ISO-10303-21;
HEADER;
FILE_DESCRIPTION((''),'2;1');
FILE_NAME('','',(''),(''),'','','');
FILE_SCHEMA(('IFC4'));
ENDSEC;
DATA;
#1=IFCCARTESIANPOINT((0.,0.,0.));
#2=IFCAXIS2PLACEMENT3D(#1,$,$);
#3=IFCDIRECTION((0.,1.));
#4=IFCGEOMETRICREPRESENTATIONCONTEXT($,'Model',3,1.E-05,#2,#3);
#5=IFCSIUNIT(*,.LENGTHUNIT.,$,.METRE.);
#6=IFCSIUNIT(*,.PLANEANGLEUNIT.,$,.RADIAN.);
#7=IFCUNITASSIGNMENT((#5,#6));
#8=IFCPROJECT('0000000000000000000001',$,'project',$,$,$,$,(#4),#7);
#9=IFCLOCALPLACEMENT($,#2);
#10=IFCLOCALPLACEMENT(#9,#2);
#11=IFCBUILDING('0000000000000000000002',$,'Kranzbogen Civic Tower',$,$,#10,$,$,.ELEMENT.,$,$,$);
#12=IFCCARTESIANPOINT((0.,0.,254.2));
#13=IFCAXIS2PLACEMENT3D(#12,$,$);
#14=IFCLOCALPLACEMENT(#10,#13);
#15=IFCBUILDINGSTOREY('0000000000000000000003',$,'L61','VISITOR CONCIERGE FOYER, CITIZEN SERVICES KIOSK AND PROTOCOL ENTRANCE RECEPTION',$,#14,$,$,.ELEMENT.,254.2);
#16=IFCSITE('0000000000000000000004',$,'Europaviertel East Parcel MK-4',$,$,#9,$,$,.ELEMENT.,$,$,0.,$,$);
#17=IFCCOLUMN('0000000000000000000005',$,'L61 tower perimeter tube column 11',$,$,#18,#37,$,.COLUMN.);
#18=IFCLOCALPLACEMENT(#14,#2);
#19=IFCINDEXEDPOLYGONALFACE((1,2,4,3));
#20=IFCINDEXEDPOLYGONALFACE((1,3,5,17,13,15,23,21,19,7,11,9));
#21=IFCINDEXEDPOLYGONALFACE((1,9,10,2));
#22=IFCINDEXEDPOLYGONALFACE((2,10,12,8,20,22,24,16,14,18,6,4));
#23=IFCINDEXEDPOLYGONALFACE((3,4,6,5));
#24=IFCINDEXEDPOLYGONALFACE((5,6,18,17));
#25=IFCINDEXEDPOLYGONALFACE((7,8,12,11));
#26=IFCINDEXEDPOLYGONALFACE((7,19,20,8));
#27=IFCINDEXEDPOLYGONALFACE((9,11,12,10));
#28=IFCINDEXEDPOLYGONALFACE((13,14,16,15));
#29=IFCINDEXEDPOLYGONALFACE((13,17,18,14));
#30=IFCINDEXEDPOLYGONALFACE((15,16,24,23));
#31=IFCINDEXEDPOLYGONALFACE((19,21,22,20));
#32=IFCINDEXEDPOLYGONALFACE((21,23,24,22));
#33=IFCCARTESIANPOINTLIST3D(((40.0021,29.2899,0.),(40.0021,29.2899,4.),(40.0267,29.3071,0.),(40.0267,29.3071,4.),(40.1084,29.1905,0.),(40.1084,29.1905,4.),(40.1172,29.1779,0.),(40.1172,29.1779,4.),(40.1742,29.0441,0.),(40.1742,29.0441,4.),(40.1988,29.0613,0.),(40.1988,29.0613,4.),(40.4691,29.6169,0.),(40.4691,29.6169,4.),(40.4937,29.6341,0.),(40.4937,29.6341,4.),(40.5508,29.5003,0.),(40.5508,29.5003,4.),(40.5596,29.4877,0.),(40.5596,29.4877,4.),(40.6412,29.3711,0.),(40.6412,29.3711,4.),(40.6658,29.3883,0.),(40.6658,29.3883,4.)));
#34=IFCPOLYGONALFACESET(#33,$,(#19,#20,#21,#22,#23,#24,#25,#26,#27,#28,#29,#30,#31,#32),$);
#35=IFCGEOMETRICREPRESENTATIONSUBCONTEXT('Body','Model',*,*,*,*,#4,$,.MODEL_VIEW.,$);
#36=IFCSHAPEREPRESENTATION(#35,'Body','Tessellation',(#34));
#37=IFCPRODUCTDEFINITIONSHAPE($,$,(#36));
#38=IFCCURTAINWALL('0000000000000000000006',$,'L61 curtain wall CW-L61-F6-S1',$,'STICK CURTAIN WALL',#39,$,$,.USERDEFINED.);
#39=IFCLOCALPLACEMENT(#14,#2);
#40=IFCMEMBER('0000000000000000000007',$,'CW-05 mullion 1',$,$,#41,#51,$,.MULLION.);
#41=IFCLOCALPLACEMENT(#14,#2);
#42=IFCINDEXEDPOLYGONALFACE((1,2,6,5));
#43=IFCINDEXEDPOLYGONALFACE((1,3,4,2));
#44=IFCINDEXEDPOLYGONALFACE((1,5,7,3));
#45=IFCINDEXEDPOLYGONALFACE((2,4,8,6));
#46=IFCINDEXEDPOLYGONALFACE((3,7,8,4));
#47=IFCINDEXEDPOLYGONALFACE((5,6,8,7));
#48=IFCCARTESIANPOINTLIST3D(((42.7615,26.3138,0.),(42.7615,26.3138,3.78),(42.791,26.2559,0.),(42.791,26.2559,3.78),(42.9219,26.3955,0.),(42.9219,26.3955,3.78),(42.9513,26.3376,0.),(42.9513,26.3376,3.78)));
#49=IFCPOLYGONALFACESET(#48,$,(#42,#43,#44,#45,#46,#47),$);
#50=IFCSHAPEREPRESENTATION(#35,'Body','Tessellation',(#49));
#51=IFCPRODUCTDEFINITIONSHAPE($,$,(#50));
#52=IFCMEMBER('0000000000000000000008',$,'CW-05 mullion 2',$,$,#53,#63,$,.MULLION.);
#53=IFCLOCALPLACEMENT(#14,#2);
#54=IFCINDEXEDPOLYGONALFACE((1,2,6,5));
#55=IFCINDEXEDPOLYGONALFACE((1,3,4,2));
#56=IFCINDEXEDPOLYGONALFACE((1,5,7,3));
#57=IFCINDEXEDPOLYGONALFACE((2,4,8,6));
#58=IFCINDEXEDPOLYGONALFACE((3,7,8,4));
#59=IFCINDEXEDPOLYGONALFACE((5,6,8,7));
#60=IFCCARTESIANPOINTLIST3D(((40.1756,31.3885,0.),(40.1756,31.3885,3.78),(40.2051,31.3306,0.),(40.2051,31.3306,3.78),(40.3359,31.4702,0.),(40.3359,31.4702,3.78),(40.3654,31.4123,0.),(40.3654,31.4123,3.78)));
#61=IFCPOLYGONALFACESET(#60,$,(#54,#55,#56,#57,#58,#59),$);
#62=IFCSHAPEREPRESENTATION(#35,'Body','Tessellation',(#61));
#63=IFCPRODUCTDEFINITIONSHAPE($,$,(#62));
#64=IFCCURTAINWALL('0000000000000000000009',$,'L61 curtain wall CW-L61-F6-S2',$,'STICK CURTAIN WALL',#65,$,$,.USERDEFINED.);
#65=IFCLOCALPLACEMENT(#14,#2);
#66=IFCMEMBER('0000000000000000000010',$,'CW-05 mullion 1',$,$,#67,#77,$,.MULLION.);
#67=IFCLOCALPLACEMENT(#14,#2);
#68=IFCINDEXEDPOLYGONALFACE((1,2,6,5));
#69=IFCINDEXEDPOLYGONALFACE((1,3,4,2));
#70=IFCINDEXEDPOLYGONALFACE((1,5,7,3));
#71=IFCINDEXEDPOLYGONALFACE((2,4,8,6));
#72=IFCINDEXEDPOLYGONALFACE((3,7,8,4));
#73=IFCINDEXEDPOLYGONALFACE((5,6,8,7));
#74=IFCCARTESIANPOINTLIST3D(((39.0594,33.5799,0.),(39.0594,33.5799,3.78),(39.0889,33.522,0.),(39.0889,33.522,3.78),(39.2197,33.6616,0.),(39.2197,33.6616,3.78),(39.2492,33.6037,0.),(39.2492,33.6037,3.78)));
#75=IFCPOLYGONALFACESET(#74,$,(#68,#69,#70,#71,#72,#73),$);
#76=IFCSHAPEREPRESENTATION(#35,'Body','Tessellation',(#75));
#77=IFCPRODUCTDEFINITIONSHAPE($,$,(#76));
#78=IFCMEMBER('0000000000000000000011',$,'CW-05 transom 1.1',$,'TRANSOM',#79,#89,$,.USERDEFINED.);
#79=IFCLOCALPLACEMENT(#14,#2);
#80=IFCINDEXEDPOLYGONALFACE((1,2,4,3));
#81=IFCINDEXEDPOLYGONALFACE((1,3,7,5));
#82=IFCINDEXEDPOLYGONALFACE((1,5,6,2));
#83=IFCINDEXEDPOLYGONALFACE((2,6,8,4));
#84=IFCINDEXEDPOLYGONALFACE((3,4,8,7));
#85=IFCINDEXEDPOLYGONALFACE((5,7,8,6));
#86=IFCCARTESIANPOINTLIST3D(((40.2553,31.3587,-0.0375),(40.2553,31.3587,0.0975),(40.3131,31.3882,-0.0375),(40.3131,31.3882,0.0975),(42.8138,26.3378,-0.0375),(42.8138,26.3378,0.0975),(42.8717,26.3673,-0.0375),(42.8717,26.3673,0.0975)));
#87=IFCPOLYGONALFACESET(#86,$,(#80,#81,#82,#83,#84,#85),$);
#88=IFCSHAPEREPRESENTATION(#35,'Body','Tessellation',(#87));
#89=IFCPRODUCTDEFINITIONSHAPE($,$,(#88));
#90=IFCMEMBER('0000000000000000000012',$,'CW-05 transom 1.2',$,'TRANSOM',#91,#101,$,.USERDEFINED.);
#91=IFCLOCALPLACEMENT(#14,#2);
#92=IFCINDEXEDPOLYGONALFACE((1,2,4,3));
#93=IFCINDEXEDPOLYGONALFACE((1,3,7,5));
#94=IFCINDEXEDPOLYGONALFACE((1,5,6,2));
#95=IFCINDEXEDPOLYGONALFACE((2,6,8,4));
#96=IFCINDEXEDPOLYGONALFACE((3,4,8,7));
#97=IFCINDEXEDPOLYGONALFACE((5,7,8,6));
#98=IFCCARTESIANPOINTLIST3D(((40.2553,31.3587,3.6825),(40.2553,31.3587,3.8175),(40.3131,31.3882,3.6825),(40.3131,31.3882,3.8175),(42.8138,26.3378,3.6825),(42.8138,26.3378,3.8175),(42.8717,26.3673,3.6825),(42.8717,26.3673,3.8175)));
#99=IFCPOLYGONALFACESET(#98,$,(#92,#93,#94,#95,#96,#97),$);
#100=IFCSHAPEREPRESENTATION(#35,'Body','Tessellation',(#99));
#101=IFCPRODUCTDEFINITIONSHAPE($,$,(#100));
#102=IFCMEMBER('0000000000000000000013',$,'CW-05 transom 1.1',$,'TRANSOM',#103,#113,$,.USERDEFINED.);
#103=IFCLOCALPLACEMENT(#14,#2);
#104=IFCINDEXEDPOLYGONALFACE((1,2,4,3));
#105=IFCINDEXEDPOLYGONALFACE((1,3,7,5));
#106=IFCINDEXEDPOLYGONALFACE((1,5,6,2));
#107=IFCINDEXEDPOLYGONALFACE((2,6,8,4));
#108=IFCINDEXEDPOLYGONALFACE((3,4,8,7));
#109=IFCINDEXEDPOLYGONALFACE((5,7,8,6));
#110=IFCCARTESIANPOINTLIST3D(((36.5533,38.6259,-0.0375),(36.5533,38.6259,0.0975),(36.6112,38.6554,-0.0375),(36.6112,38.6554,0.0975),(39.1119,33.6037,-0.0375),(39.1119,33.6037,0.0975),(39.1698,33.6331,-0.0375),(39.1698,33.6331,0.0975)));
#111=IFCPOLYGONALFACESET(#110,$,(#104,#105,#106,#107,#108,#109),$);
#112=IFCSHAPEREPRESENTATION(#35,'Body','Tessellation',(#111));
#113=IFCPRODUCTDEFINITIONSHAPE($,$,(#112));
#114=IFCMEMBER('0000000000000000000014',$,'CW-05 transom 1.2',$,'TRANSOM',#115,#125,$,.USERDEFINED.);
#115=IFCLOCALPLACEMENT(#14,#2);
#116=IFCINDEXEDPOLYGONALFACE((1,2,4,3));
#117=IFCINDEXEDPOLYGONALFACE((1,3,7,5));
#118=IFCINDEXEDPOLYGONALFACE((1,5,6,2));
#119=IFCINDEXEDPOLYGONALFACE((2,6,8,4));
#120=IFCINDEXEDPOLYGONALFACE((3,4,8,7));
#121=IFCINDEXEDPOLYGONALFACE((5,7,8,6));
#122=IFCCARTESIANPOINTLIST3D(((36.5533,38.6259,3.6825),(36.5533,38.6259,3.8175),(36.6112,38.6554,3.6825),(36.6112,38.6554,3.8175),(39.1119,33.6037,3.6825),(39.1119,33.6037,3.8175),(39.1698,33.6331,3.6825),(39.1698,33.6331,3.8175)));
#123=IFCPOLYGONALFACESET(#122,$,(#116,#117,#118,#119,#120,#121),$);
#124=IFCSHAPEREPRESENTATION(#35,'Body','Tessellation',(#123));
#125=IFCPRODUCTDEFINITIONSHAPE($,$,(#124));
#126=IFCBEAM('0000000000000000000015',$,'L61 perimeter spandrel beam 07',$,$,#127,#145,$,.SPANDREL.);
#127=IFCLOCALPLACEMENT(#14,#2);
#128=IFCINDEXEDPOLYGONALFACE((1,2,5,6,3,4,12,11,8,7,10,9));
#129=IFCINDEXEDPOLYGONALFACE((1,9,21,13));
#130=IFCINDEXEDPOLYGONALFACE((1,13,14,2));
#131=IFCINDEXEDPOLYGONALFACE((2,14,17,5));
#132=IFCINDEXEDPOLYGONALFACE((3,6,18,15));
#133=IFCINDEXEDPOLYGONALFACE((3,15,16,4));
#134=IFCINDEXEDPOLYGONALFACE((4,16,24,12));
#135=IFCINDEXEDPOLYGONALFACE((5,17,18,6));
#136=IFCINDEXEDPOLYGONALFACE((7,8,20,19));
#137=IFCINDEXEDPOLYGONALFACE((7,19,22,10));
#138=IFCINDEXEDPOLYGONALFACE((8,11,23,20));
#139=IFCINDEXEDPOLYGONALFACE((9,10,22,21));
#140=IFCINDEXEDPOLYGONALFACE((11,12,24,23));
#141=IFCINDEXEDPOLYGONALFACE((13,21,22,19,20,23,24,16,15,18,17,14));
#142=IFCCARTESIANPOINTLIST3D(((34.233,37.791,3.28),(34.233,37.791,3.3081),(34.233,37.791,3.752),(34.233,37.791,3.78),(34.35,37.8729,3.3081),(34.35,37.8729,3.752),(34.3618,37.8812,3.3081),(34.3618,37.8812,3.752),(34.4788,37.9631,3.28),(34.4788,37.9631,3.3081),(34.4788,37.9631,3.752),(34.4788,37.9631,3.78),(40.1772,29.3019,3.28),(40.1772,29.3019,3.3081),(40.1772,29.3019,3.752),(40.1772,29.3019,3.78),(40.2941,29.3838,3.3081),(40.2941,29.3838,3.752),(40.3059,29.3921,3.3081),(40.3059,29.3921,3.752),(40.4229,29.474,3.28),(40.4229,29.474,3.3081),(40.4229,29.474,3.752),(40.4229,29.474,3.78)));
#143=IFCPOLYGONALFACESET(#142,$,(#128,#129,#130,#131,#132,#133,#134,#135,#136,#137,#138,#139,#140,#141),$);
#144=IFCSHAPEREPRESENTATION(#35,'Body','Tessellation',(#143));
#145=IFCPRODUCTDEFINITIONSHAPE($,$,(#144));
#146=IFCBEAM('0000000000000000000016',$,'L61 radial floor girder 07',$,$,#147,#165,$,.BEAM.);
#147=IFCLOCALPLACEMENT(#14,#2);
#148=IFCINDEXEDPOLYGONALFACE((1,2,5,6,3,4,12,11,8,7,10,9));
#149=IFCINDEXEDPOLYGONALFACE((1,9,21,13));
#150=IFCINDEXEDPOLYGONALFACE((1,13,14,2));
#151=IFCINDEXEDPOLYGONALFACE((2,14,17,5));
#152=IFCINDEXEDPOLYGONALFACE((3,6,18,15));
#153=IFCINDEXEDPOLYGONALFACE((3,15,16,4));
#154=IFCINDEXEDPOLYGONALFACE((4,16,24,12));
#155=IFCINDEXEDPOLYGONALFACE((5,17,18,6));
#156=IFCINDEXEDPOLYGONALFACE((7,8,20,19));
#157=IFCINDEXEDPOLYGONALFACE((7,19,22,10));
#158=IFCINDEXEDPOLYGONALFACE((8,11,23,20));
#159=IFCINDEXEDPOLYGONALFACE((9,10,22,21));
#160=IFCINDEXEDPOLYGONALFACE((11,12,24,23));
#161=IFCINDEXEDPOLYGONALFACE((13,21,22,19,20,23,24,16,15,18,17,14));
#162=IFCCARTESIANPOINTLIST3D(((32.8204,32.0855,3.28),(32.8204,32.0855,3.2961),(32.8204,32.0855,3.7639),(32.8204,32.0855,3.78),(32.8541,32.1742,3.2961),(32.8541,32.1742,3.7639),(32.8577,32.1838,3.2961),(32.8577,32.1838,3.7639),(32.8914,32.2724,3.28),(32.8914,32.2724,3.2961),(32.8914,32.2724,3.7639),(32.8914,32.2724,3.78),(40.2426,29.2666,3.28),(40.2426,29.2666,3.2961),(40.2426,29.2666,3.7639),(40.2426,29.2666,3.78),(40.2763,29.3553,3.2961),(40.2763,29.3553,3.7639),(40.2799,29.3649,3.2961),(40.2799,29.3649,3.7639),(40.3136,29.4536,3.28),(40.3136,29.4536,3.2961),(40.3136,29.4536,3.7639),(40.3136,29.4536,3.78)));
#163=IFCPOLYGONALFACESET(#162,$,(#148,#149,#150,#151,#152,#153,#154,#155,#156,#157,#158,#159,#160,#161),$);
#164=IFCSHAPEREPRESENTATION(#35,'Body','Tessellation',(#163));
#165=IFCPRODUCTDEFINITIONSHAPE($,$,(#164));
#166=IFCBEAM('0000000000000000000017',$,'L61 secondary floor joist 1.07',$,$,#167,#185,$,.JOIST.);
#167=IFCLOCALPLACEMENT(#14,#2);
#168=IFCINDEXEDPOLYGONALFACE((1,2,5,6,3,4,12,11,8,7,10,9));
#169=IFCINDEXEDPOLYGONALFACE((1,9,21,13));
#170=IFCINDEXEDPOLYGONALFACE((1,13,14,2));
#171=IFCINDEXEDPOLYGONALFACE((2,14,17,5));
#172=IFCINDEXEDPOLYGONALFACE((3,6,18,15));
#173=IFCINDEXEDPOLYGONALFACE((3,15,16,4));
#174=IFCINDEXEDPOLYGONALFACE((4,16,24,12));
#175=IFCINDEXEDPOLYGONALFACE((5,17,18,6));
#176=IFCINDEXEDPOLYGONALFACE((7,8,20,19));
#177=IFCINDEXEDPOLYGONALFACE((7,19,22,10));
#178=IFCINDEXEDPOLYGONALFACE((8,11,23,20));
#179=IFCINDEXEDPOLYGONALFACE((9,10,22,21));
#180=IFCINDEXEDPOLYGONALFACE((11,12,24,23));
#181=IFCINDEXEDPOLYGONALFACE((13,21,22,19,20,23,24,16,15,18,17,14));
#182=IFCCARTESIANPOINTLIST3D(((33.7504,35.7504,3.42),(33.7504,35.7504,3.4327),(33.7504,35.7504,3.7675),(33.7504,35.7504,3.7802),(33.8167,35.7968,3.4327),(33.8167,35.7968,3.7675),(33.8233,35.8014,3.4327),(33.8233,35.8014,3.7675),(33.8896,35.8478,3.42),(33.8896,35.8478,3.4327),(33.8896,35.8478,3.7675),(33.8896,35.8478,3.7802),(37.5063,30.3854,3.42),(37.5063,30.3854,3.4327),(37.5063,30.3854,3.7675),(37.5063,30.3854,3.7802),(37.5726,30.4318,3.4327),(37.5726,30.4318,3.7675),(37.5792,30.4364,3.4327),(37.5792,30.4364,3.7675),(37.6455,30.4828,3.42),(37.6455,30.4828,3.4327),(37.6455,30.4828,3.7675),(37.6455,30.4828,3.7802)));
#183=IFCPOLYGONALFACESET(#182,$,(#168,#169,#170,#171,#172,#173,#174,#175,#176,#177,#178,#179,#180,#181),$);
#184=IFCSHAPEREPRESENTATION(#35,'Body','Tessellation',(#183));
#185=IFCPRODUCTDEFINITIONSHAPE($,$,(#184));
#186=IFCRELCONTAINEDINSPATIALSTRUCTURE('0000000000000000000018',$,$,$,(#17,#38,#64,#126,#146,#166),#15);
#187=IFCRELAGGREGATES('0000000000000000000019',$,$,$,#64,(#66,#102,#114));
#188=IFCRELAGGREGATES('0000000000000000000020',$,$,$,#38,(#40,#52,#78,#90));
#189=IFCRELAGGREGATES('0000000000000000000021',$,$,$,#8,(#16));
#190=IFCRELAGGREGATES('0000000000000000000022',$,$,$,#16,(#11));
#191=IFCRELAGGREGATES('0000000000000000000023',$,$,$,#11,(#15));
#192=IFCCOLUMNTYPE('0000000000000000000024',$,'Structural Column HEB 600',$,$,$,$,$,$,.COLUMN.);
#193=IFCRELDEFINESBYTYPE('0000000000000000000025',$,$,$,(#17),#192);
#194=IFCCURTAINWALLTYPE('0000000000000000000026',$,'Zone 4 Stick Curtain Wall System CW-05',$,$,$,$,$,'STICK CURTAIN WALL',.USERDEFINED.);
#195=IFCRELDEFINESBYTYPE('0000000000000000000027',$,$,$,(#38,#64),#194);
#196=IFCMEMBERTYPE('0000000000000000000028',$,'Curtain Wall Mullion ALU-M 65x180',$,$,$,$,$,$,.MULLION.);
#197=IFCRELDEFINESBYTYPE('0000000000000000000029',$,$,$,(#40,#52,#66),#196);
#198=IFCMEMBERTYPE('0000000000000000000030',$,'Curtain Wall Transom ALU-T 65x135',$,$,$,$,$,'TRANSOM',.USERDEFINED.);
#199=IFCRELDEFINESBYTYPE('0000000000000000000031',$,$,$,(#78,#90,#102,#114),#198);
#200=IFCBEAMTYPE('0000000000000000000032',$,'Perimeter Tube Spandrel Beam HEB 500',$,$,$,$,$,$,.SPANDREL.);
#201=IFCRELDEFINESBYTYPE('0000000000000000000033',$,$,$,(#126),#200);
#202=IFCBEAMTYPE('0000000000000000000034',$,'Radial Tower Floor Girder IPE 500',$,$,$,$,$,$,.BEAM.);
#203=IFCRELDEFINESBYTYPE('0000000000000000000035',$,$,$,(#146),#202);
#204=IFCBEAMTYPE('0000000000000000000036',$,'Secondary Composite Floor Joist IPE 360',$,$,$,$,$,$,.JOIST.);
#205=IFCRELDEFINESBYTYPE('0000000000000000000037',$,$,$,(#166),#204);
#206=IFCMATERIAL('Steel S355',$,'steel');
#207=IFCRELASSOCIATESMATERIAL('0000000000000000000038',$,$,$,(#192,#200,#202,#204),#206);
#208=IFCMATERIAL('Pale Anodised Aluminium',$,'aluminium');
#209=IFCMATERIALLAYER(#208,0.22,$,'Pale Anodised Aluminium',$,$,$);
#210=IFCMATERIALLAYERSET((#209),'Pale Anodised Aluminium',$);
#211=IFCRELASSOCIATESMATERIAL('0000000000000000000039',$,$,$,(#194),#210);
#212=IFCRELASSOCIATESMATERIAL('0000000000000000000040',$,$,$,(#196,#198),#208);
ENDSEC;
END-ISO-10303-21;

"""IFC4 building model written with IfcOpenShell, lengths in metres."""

from ifc_helpers import new_model, si_unit, direction, frame, origin, origin_2d, place, context, subcontext, project, spatial, rectangle, i_section, extrude, material, layer, layer_set, material_profile, profile_set, type_object, element, aggregate, save


model = new_model("IFC4")

# Units and contexts
model_context = context("Model", 3, precision=1e-05, world=origin(), true_north=direction((0.0, 1.0)))
body_context = subcontext(model_context, "Body", "Model", "MODEL_VIEW")
ifc_project = project(units=[si_unit("LENGTHUNIT", "METRE"), si_unit("PLANEANGLEUNIT", "RADIAN")], contexts=[model_context])

# Site, building, storey
site_placement = place(None, origin())
site = spatial("IfcSite", under=ifc_project, at=site_placement, Name="Europaviertel East Parcel MK-4", CompositionType="ELEMENT", RefElevation=0.0)
building_placement = place(site_placement, origin())
building = spatial("IfcBuilding", under=site, at=building_placement, Name="Kranzbogen Civic Tower", CompositionType="ELEMENT")
storey_placement = place(building_placement, frame((0.0, 0.0, 254.2)))
storey = spatial("IfcBuildingStorey", under=building, at=storey_placement, Name="L61", Description="VISITOR CONCIERGE FOYER, CITIZEN SERVICES KIOSK AND PROTOCOL ENTRANCE RECEPTION", CompositionType="ELEMENT", Elevation=254.2)

# Column
ifc_material_1 = material(Name="Steel S355", Category="steel")
ifc_material_profile_1 = material_profile(ifc_material_1, i_section(OverallWidth=0.3, OverallDepth=0.6001, WebThickness=0.0154, FlangeThickness=0.03, at=origin_2d()), Name="HEB 600")
ifc_profile_set_1 = profile_set([ifc_material_profile_1], Name="Steel S355")
column_type = type_object("IfcColumnType", Name="Structural Column HEB 600", PredefinedType="COLUMN", material=ifc_profile_set_1)
column_placement = place(storey_placement, frame((40.334, 29.3391, 0.0), z_axis=(0.0, 0.0, 1.0), x_axis=(-0.573576, 0.819152, 0.0)))
element("IfcColumn", 1, at=column_placement, inside=storey, type_object=column_type, Name="L61 tower perimeter tube column 11", PredefinedType="COLUMN", context=body_context, shape_type="SweptSolid", body=[
    extrude(i_section(OverallWidth=0.3, OverallDepth=0.6001, WebThickness=0.0154, FlangeThickness=0.03, at=origin_2d()), origin(), (0.0, 0.0, 1.0), 4.0),
])

# Curtain wall, members
ifc_material_2 = material(Name="Pale Anodised Aluminium", Category="aluminium")
ifc_layer_1 = layer(ifc_material_2, 0.22, Name="Pale Anodised Aluminium")
ifc_layer_set_1 = layer_set([ifc_layer_1], Name="Pale Anodised Aluminium")
curtain_wall_type = type_object("IfcCurtainWallType", Name="Zone 4 Stick Curtain Wall System CW-05", ElementType="STICK CURTAIN WALL", PredefinedType="USERDEFINED", material=ifc_layer_set_1)
curtain_wall_1_placement = place(storey_placement, origin())
curtain_wall_1 = element("IfcCurtainWall", 2, at=curtain_wall_1_placement, inside=storey, type_object=curtain_wall_type, Name="L61 curtain wall CW-L61-F6-S1", ObjectType="STICK CURTAIN WALL", PredefinedType="USERDEFINED")
ifc_material_profile_2 = material_profile(ifc_material_2, rectangle(XDim=0.0649, YDim=0.1799, at=origin_2d()), Name="ALU-M 65x180")
ifc_profile_set_2 = profile_set([ifc_material_profile_2], Name="Pale Anodised Aluminium")
member_type_1 = type_object("IfcMemberType", Name="Curtain Wall Mullion ALU-M 65x180", PredefinedType="MULLION", material=ifc_profile_set_2)
member_1_placement = place(storey_placement, frame((42.8564, 26.3257, 0.0), z_axis=(0.0, 0.0, 1.0), x_axis=(-0.454012, 0.890996, 0.0)))
member_1 = element("IfcMember", 3, at=member_1_placement, type_object=member_type_1, Name="CW-05 mullion 1", PredefinedType="MULLION", context=body_context, shape_type="SweptSolid", body=[
    extrude(rectangle(XDim=0.0649, YDim=0.1799, at=origin_2d()), origin(), (0.0, 0.0, 1.0), 3.78),
])
member_2_placement = place(storey_placement, frame((40.2705, 31.4004, 0.0), z_axis=(0.0, 0.0, 1.0), x_axis=(-0.454012, 0.890996, 0.0)))
member_2 = element("IfcMember", 4, at=member_2_placement, type_object=member_type_1, Name="CW-05 mullion 2", PredefinedType="MULLION", context=body_context, shape_type="SweptSolid", body=[
    extrude(rectangle(XDim=0.0649, YDim=0.1799, at=origin_2d()), origin(), (0.0, 0.0, 1.0), 3.78),
])

# Curtain wall, member
curtain_wall_2_placement = place(storey_placement, origin())
curtain_wall_2 = element("IfcCurtainWall", 5, at=curtain_wall_2_placement, inside=storey, type_object=curtain_wall_type, Name="L61 curtain wall CW-L61-F6-S2", ObjectType="STICK CURTAIN WALL", PredefinedType="USERDEFINED")
member_3_placement = place(storey_placement, frame((39.1543, 33.5918, 0.0), z_axis=(0.0, 0.0, 1.0), x_axis=(-0.453941, 0.891032, 0.0)))
member_3 = element("IfcMember", 6, at=member_3_placement, type_object=member_type_1, Name="CW-05 mullion 1", PredefinedType="MULLION", context=body_context, shape_type="SweptSolid", body=[
    extrude(rectangle(XDim=0.0649, YDim=0.1799, at=origin_2d()), origin(), (0.0, 0.0, 1.0), 3.78),
])

# Members
ifc_material_profile_3 = material_profile(ifc_material_2, rectangle(XDim=0.0649, YDim=0.135, at=origin_2d()), Name="ALU-T 65x135")
ifc_profile_set_3 = profile_set([ifc_material_profile_3], Name="Pale Anodised Aluminium")
member_type_2 = type_object("IfcMemberType", Name="Curtain Wall Transom ALU-T 65x135", ElementType="TRANSOM", PredefinedType="USERDEFINED", material=ifc_profile_set_3)
member_4_placement = place(storey_placement, frame((42.8428, 26.3525, 0.03), z_axis=(-0.454028, 0.890987, 0.0), x_axis=(-0.890987, -0.454028, 0.0)))
member_4 = element("IfcMember", 7, at=member_4_placement, type_object=member_type_2, Name="CW-05 transom 1.1", ObjectType="TRANSOM", PredefinedType="USERDEFINED", context=body_context, shape_type="SweptSolid", body=[
    extrude(rectangle(XDim=0.0649, YDim=0.135, at=origin_2d()), origin(), (0.0, 0.0, 1.0), 5.6353),
])
member_5_placement = place(storey_placement, frame((42.8428, 26.3525, 3.75), z_axis=(-0.454028, 0.890987, 0.0), x_axis=(-0.890987, -0.454028, 0.0)))
member_5 = element("IfcMember", 8, at=member_5_placement, type_object=member_type_2, Name="CW-05 transom 1.2", ObjectType="TRANSOM", PredefinedType="USERDEFINED", context=body_context, shape_type="SweptSolid", body=[
    extrude(rectangle(XDim=0.0649, YDim=0.135, at=origin_2d()), origin(), (0.0, 0.0, 1.0), 5.6353),
])
member_6_placement = place(storey_placement, frame((39.1409, 33.6184, 0.03), z_axis=(-0.453941, 0.891032, 0.0), x_axis=(-0.891032, -0.453941, 0.0)))
member_6 = element("IfcMember", 9, at=member_6_placement, type_object=member_type_2, Name="CW-05 transom 1.1", ObjectType="TRANSOM", PredefinedType="USERDEFINED", context=body_context, shape_type="SweptSolid", body=[
    extrude(rectangle(XDim=0.0649, YDim=0.135, at=origin_2d()), origin(), (0.0, 0.0, 1.0), 5.6365),
])
member_7_placement = place(storey_placement, frame((39.1409, 33.6184, 3.75), z_axis=(-0.453941, 0.891032, 0.0), x_axis=(-0.891032, -0.453941, 0.0)))
member_7 = element("IfcMember", 10, at=member_7_placement, type_object=member_type_2, Name="CW-05 transom 1.2", ObjectType="TRANSOM", PredefinedType="USERDEFINED", context=body_context, shape_type="SweptSolid", body=[
    extrude(rectangle(XDim=0.0649, YDim=0.135, at=origin_2d()), origin(), (0.0, 0.0, 1.0), 5.6365),
])
aggregate(curtain_wall_2, [member_3, member_6, member_7])

# Beams
ifc_material_profile_4 = material_profile(ifc_material_1, i_section(OverallWidth=0.3, OverallDepth=0.5, WebThickness=0.0144, FlangeThickness=0.0281, at=origin_2d()), Name="HEB 500")
ifc_profile_set_4 = profile_set([ifc_material_profile_4], Name="Steel S355")
beam_type_1 = type_object("IfcBeamType", Name="Perimeter Tube Spandrel Beam HEB 500", PredefinedType="SPANDREL", material=ifc_profile_set_4)
beam_1_placement = place(storey_placement, frame((40.3, 29.3879, 3.53), z_axis=(-0.573578, 0.819151, 0.0), x_axis=(-0.819151, -0.573578, 0.0)))
element("IfcBeam", 11, at=beam_1_placement, inside=storey, type_object=beam_type_1, Name="L61 perimeter spandrel beam 07", PredefinedType="SPANDREL", context=body_context, shape_type="SweptSolid", body=[
    extrude(i_section(OverallWidth=0.3, OverallDepth=0.5, WebThickness=0.0144, FlangeThickness=0.0281, at=origin_2d()), origin(), (0.0, 0.0, 1.0), 10.3633),
])
ifc_material_profile_5 = material_profile(ifc_material_1, i_section(OverallWidth=0.2, OverallDepth=0.5, WebThickness=0.0103, FlangeThickness=0.0161, at=origin_2d()), Name="IPE 500")
ifc_profile_set_5 = profile_set([ifc_material_profile_5], Name="Steel S355")
beam_type_2 = type_object("IfcBeamType", Name="Radial Tower Floor Girder IPE 500", PredefinedType="BEAM", material=ifc_profile_set_5)
beam_2_placement = place(storey_placement, frame((40.2781, 29.3601, 3.53), z_axis=(-0.934849, 0.355046, 0.0), x_axis=(-0.355046, -0.934849, 0.0)))
element("IfcBeam", 12, at=beam_2_placement, inside=storey, type_object=beam_type_2, Name="L61 radial floor girder 07", PredefinedType="BEAM", context=body_context, shape_type="SweptSolid", body=[
    extrude(i_section(OverallWidth=0.2, OverallDepth=0.5, WebThickness=0.0103, FlangeThickness=0.0161, at=origin_2d()), origin(), (0.0, 0.0, 1.0), 7.9395),
])
ifc_material_profile_6 = material_profile(ifc_material_1, i_section(OverallWidth=0.1699, OverallDepth=0.3601, WebThickness=0.0081, FlangeThickness=0.0127, at=origin_2d()), Name="IPE 360")
ifc_profile_set_6 = profile_set([ifc_material_profile_6], Name="Steel S355")
beam_type_3 = type_object("IfcBeamType", Name="Secondary Composite Floor Joist IPE 360", PredefinedType="JOIST", material=ifc_profile_set_6)
beam_3_placement = place(storey_placement, frame((37.5759, 30.4341, 3.6001), z_axis=(-0.5735, 0.819206, 0.0), x_axis=(-0.819206, -0.5735, 0.0)))
element("IfcBeam", 13, at=beam_3_placement, inside=storey, type_object=beam_type_3, Name="L61 secondary floor joist 1.07", PredefinedType="JOIST", context=body_context, shape_type="SweptSolid", body=[
    extrude(i_section(OverallWidth=0.1699, OverallDepth=0.3601, WebThickness=0.0081, FlangeThickness=0.0127, at=origin_2d()), origin(), (0.0, 0.0, 1.0), 6.5491),
])

aggregate(curtain_wall_1, [member_1, member_2, member_4, member_5])

save(model, "model.ifc")
